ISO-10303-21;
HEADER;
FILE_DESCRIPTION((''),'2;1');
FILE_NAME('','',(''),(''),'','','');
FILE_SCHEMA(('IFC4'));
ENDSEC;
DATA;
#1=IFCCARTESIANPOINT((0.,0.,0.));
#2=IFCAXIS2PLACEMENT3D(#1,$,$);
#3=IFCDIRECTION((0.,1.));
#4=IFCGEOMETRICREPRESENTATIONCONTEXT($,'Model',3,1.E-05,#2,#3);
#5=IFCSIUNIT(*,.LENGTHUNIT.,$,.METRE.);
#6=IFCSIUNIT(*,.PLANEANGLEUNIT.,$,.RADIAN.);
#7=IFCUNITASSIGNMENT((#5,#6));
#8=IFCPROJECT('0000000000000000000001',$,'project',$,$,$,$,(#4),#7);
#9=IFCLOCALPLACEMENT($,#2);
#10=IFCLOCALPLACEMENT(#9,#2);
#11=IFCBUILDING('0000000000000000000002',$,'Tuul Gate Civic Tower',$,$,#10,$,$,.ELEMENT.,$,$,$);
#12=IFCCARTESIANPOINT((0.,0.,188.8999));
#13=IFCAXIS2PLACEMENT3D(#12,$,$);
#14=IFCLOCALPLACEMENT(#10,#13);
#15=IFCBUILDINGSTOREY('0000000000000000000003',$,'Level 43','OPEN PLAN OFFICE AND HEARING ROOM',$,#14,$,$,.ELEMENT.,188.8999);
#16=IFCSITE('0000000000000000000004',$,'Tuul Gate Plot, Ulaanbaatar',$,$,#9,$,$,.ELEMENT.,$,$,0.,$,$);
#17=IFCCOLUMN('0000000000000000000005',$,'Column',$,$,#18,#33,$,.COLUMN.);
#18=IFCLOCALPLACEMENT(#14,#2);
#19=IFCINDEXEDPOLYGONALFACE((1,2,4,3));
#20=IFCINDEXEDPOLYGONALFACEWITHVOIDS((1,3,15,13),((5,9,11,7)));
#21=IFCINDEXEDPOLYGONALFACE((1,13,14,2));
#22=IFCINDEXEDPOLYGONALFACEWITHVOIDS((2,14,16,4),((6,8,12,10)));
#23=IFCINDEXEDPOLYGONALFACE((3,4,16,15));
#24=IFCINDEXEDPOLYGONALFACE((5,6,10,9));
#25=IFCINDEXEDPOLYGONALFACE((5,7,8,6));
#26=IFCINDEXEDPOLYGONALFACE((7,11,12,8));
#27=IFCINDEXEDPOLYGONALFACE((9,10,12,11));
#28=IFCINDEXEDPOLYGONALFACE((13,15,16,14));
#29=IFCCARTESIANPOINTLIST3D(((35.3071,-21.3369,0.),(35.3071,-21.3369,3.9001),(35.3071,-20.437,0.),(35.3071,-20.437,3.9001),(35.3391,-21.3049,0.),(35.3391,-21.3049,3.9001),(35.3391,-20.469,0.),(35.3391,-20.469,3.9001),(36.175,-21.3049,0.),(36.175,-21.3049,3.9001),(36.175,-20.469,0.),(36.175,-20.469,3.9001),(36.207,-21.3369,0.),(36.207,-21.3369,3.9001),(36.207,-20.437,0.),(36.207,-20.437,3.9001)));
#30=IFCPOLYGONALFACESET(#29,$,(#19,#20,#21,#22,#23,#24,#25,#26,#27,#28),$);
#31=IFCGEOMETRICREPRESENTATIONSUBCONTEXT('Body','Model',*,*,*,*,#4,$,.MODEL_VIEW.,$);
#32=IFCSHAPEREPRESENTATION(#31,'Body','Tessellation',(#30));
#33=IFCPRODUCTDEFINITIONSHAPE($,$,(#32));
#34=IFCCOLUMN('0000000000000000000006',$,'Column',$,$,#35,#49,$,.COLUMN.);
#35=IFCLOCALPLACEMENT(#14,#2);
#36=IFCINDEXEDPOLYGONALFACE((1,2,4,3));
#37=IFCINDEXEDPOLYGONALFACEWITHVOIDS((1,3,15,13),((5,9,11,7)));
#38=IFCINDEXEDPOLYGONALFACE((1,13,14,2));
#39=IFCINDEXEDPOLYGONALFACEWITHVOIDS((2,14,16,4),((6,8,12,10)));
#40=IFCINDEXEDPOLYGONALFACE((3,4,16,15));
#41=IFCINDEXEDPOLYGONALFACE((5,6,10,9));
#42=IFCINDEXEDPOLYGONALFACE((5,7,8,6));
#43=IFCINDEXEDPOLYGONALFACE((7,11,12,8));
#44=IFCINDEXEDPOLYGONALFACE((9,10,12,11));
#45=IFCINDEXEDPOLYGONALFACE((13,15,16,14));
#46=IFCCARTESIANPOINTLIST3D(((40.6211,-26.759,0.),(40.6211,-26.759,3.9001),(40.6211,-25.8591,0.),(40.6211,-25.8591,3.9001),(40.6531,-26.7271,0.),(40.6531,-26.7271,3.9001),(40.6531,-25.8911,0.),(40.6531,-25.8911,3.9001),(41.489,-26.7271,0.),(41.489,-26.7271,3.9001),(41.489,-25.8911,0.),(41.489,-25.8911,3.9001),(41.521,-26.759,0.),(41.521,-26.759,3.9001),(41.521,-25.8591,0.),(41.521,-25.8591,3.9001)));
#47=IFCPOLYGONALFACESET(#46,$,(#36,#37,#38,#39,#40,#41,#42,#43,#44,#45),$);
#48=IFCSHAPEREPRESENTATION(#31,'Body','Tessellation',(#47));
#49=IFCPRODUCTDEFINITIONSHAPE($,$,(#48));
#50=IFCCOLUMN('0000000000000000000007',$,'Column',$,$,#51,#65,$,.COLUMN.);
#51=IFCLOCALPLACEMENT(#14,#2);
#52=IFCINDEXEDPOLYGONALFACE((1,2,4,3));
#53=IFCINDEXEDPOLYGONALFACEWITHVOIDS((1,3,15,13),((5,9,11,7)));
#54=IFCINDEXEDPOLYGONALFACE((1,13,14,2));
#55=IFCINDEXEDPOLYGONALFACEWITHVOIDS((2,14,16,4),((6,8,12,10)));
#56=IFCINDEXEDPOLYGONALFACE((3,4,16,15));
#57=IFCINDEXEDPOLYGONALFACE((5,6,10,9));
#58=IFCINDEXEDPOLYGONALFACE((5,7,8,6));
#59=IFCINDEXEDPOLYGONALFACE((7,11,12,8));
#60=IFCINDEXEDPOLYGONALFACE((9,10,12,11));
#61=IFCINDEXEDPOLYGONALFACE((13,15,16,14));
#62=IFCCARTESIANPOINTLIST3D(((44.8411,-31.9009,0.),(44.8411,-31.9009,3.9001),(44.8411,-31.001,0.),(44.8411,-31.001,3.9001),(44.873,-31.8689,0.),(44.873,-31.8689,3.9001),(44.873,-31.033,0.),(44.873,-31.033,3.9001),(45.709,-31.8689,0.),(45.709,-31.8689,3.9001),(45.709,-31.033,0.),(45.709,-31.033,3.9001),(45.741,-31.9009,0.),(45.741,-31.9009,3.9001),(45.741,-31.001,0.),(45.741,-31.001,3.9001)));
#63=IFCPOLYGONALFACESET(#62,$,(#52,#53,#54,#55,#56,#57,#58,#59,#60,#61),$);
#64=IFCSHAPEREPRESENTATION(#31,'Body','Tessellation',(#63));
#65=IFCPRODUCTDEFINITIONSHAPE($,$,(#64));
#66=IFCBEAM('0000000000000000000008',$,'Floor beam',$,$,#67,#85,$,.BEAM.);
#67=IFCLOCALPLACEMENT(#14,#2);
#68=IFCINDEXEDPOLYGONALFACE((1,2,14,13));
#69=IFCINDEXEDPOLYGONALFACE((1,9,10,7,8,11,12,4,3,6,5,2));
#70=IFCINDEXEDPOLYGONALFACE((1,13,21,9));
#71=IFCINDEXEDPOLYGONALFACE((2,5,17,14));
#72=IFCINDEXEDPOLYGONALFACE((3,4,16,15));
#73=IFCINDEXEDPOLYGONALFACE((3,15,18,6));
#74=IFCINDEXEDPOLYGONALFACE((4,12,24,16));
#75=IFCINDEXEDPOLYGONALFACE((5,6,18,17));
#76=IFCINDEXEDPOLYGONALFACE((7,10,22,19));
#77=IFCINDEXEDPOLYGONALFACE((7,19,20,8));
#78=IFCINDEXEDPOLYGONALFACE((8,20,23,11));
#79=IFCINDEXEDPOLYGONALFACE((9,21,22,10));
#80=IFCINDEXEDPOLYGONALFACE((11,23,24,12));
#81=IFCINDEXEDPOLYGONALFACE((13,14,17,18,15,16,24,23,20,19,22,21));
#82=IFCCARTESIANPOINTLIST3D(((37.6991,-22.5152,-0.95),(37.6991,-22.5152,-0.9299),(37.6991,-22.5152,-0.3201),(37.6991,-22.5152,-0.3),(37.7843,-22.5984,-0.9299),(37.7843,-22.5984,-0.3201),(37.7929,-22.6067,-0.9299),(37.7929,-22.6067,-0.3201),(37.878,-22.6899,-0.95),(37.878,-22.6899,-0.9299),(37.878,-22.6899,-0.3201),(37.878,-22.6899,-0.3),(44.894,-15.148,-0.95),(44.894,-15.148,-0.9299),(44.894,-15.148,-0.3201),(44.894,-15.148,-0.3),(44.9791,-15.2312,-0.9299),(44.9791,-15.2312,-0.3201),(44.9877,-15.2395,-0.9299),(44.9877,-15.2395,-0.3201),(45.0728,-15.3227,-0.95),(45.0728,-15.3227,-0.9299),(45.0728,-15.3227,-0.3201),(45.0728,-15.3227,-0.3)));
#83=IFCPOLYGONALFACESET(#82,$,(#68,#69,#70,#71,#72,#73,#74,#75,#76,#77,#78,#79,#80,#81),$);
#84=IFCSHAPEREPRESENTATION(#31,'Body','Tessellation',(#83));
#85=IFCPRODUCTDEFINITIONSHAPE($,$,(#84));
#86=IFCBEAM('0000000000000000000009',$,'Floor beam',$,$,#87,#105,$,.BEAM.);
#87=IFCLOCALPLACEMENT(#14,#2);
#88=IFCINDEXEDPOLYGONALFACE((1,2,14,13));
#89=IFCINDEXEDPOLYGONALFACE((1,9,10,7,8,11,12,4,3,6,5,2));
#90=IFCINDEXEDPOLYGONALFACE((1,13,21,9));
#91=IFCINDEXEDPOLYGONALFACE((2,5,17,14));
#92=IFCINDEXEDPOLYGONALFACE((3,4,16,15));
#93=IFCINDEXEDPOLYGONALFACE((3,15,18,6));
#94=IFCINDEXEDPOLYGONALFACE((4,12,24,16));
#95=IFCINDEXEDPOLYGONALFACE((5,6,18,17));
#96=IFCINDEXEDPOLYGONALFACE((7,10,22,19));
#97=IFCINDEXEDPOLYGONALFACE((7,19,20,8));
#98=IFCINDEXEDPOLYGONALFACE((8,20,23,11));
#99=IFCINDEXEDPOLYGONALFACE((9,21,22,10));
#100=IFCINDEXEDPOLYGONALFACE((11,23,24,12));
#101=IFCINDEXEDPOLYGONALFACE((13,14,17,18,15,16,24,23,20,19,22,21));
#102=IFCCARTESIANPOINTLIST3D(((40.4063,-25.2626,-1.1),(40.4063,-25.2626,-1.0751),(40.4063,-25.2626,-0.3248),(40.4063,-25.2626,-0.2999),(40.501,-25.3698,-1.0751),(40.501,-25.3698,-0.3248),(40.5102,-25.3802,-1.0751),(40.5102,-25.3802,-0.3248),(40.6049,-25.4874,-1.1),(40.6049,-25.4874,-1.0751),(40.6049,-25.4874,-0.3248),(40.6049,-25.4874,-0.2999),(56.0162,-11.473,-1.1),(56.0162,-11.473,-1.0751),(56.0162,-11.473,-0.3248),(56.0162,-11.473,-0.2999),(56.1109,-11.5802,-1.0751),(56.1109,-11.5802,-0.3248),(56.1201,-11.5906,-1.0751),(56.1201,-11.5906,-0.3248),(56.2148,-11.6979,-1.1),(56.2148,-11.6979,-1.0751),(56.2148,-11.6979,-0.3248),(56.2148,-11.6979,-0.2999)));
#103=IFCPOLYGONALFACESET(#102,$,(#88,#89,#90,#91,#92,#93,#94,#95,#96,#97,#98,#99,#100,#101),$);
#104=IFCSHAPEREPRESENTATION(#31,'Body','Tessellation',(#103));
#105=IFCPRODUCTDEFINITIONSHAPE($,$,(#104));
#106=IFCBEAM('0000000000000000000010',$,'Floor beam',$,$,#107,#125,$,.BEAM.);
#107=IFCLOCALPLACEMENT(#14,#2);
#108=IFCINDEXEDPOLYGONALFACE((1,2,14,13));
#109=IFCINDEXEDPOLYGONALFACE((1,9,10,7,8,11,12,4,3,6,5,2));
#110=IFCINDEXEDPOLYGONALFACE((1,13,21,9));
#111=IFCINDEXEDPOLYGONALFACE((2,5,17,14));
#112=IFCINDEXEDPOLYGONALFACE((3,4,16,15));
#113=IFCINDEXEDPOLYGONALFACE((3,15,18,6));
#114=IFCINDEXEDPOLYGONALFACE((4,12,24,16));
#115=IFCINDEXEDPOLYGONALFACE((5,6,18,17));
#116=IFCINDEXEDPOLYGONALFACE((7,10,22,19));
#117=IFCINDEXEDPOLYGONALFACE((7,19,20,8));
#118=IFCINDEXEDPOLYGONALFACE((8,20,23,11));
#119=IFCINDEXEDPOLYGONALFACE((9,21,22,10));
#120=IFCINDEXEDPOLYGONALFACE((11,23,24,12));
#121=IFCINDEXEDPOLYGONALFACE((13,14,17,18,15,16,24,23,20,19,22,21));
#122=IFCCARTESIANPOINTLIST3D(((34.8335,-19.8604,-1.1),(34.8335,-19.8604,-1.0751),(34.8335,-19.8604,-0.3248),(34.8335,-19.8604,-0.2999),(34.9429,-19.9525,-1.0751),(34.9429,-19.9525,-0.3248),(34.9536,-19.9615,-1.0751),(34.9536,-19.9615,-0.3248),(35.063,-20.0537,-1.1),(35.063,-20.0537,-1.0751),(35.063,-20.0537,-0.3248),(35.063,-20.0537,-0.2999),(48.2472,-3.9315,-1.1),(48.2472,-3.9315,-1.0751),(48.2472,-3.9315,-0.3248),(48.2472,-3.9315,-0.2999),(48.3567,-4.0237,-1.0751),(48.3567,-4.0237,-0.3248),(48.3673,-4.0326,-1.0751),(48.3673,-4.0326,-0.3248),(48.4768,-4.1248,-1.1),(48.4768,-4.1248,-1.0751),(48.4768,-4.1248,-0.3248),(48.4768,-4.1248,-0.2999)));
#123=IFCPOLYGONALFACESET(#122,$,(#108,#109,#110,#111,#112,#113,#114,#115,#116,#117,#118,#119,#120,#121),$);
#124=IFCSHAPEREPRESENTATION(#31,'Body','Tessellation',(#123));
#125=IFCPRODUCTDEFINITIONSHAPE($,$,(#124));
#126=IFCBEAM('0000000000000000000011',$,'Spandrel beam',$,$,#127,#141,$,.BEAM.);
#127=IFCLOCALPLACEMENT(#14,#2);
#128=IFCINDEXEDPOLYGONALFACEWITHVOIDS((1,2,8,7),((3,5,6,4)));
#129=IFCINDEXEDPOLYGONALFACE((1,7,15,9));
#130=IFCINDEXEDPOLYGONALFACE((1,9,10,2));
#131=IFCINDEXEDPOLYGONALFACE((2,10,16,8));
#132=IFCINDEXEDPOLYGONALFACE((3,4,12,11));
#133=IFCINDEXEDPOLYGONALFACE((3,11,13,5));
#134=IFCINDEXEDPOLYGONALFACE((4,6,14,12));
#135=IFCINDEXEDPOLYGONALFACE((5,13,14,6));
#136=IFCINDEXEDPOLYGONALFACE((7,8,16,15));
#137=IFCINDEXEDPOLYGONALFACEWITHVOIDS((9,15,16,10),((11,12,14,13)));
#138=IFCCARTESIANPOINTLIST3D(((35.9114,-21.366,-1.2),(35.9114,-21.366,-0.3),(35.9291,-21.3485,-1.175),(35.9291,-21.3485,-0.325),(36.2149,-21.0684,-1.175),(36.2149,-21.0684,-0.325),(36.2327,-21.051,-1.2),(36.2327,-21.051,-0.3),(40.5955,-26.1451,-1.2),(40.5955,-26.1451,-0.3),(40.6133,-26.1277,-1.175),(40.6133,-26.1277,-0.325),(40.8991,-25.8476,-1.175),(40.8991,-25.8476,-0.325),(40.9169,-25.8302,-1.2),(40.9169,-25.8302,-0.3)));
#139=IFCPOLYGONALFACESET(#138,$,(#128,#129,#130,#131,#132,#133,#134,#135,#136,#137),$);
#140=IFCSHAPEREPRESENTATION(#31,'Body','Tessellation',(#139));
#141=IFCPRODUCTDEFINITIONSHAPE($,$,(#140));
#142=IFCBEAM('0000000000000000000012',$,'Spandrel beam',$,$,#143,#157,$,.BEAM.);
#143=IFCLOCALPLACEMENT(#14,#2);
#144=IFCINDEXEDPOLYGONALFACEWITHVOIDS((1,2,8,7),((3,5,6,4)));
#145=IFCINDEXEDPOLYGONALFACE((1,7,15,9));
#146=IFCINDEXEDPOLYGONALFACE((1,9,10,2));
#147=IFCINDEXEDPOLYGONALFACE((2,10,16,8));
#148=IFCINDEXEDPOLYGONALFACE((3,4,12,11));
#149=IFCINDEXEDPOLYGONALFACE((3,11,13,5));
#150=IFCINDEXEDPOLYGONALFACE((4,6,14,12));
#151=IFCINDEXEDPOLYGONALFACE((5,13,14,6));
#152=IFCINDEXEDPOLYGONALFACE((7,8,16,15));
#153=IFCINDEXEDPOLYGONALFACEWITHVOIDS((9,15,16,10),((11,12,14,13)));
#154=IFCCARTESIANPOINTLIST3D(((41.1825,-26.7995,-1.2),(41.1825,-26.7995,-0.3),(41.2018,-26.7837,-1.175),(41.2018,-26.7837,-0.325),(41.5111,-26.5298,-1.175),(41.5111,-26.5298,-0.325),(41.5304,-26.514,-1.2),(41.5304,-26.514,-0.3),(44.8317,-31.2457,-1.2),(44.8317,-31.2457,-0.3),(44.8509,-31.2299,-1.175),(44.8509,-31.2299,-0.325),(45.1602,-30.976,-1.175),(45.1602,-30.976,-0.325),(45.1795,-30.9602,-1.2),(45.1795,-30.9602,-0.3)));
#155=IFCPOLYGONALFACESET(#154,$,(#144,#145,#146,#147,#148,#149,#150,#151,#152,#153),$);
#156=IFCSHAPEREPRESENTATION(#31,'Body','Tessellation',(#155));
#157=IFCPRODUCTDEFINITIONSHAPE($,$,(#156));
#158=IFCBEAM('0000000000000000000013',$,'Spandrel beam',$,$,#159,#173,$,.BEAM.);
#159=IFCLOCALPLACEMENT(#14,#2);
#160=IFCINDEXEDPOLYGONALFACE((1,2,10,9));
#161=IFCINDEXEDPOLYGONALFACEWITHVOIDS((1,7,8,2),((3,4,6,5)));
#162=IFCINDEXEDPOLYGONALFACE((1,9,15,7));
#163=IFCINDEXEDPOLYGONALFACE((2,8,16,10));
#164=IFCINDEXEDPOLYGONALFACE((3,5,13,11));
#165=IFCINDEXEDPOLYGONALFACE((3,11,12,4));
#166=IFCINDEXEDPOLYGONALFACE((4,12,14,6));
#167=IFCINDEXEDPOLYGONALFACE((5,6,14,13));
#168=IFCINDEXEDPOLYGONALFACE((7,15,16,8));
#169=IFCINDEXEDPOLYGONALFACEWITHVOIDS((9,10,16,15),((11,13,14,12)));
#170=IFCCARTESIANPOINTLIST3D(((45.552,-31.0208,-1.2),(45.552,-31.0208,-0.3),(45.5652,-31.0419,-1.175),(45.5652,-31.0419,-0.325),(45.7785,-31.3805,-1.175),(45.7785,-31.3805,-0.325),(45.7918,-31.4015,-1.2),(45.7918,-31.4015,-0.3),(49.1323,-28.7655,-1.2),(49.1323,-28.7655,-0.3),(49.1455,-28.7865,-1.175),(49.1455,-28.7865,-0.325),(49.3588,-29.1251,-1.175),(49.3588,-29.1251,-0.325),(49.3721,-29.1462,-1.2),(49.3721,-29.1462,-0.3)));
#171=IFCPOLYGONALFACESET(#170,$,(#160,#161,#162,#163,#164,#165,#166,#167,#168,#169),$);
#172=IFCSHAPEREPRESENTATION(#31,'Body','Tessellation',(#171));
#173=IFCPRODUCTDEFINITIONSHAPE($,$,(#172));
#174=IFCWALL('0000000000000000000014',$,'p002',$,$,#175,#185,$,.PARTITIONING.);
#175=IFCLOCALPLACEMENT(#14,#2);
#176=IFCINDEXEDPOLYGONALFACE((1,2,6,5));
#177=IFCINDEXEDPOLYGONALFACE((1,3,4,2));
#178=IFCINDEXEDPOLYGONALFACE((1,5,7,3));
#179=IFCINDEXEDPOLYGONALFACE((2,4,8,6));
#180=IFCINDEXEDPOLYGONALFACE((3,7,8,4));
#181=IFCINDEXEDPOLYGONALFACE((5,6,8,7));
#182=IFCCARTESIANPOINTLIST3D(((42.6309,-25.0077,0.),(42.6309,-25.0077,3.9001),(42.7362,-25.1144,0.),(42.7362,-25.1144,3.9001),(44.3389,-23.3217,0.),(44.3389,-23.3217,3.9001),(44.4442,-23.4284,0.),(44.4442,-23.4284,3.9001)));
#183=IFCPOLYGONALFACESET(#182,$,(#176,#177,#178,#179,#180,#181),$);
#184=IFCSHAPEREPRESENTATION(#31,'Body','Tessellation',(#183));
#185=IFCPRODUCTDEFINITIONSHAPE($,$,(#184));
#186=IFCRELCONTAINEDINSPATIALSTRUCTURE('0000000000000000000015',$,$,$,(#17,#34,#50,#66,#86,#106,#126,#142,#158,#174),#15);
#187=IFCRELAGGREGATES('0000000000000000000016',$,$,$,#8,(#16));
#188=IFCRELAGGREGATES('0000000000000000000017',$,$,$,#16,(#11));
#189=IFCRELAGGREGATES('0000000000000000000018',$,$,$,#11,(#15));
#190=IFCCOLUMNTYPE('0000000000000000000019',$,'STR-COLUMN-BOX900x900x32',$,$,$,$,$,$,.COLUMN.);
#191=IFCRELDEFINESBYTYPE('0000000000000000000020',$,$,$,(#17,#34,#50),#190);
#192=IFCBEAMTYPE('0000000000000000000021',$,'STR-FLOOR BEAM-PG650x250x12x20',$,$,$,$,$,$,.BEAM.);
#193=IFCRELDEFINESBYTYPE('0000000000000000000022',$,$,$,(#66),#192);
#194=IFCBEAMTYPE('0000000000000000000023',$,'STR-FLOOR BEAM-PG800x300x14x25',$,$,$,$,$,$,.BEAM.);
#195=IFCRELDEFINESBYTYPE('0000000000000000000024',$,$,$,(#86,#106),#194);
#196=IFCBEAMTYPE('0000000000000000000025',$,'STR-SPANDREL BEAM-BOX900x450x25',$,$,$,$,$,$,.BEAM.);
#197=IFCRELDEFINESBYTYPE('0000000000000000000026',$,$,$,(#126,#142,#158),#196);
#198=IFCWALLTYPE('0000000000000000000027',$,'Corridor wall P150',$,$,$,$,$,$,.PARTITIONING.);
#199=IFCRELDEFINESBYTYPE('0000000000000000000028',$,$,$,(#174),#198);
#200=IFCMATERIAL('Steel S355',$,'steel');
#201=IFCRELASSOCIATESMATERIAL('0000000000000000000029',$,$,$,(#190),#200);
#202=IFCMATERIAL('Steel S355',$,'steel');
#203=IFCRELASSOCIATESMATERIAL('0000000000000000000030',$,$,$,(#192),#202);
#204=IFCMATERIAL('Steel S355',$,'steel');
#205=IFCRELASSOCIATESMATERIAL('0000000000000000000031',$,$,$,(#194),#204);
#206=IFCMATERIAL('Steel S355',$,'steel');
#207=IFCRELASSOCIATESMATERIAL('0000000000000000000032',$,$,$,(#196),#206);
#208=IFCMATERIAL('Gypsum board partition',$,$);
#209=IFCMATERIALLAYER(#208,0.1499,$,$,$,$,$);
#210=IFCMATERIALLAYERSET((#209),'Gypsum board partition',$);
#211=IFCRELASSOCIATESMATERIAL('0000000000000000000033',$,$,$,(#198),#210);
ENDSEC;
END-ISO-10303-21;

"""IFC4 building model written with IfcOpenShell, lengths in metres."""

from ifc_helpers import new_model, si_unit, direction, frame, frame_2d, origin, origin_2d, place, context, subcontext, project, spatial, rectangle, hollow_rectangle, i_section, extrude, material, layer, layer_set, material_profile, profile_set, type_object, element, save


model = new_model("IFC4")

# Units and contexts
model_context = context("Model", 3, precision=1e-05, world=origin(), true_north=direction((0.0, 1.0)))
body_context = subcontext(model_context, "Body", "Model", "MODEL_VIEW")
ifc_project = project(units=[si_unit("LENGTHUNIT", "METRE"), si_unit("PLANEANGLEUNIT", "RADIAN")], contexts=[model_context])

# Site, building, storey
site_placement = place(None, origin())
site = spatial("IfcSite", under=ifc_project, at=site_placement, Name="Tuul Gate Plot, Ulaanbaatar", CompositionType="ELEMENT", RefElevation=0.0)
building_placement = place(site_placement, origin())
building = spatial("IfcBuilding", under=site, at=building_placement, Name="Tuul Gate Civic Tower", CompositionType="ELEMENT")
storey_placement = place(building_placement, frame((0.0, 0.0, 188.8999)))
storey = spatial("IfcBuildingStorey", under=building, at=storey_placement, Name="Level 43", Description="OPEN PLAN OFFICE AND HEARING ROOM", CompositionType="ELEMENT", Elevation=188.8999)

# Columns
ifc_material_1 = material(Name="Steel S355", Category="steel")
ifc_material_profile_1 = material_profile(ifc_material_1, hollow_rectangle(XDim=0.8999, YDim=0.8999, WallThickness=0.032, at=origin_2d()), Name="BOX900x900x32")
ifc_profile_set_1 = profile_set([ifc_material_profile_1], Name="Steel S355")
column_type = type_object("IfcColumnType", Name="STR-COLUMN-BOX900x900x32", PredefinedType="COLUMN", material=ifc_profile_set_1)
for number, where, z_axis, x_axis, name in (
    (1, (35.7571, -20.887, 0.0), (0.0, 0.0, 1.0), (1.0, 0.0, 0.0), "Column"),
    (2, (41.071, -26.3091, 0.0), (0.0, 0.0, 1.0), (1.0, 0.0, 0.0), "Column"),
    (3, (45.291, -31.4509, 0.0), (0.0, 0.0, 1.0), (1.0, 0.0, 0.0), "Column"),
):
    element("IfcColumn", number, at=place(storey_placement, frame(where, z_axis=z_axis, x_axis=x_axis)), inside=storey, type_object=column_type, Name=name, PredefinedType="COLUMN", context=body_context, shape_type="SweptSolid", body=[
        extrude(hollow_rectangle(XDim=0.8999, YDim=0.8999, WallThickness=0.032, at=origin_2d()), origin(), (0.0, 0.0, 1.0), 3.9001),
    ])

# Beams
ifc_material_2 = material(Name="Steel S355", Category="steel")
ifc_material_profile_2 = material_profile(ifc_material_2, i_section(OverallWidth=0.25, OverallDepth=0.6499, WebThickness=0.012, FlangeThickness=0.02, at=origin_2d()), Name="PG650x250x12x20")
ifc_profile_set_2 = profile_set([ifc_material_profile_2], Name="Steel S355")
beam_type_1 = type_object("IfcBeamType", Name="STR-FLOOR BEAM-PG650x250x12x20", PredefinedType="BEAM", material=ifc_profile_set_2)
beam_1_placement = place(storey_placement, frame((37.7886, -22.6025, -0.625), z_axis=(0.698688, 0.715426, 0.0), x_axis=(-0.715426, 0.698688, 0.0)))
element("IfcBeam", 4, at=beam_1_placement, inside=storey, type_object=beam_type_1, Name="Floor beam", PredefinedType="BEAM", context=body_context, shape_type="SweptSolid", body=[
    extrude(i_section(OverallWidth=0.25, OverallDepth=0.6499, WebThickness=0.012, FlangeThickness=0.02, at=origin_2d()), origin(), (0.0, 0.0, 1.0), 10.2976),
])
ifc_material_3 = material(Name="Steel S355", Category="steel")
ifc_material_profile_3 = material_profile(ifc_material_3, i_section(OverallWidth=0.3, OverallDepth=0.8, WebThickness=0.0139, FlangeThickness=0.0249, at=origin_2d()), Name="PG800x300x14x25")
ifc_profile_set_3 = profile_set([ifc_material_profile_3], Name="Steel S355")
beam_type_2 = type_object("IfcBeamType", Name="STR-FLOOR BEAM-PG800x300x14x25", PredefinedType="BEAM", material=ifc_profile_set_3)
beam_2_placement = place(storey_placement, frame((40.5056, -25.375, -0.7), z_axis=(0.749453, 0.662057, 0.0), x_axis=(-0.662057, 0.749453, 0.0)))
element("IfcBeam", 5, at=beam_2_placement, inside=storey, type_object=beam_type_2, Name="Floor beam", PredefinedType="BEAM", context=body_context, shape_type="SweptSolid", body=[
    extrude(i_section(OverallWidth=0.3, OverallDepth=0.8, WebThickness=0.0139, FlangeThickness=0.0249, at=origin_2d()), origin(), (0.0, 0.0, 1.0), 20.8284),
])
beam_3_placement = place(storey_placement, frame((34.9482, -19.957, -0.7), z_axis=(0.644135, 0.764912, 0.0), x_axis=(-0.764912, 0.644135, 0.0)))
element("IfcBeam", 6, at=beam_3_placement, inside=storey, type_object=beam_type_2, Name="Floor beam", PredefinedType="BEAM", context=body_context, shape_type="SweptSolid", body=[
    extrude(i_section(OverallWidth=0.3, OverallDepth=0.8, WebThickness=0.0139, FlangeThickness=0.0249, at=origin_2d()), origin(), (0.0, 0.0, 1.0), 20.8245),
])
ifc_material_4 = material(Name="Steel S355", Category="steel")
ifc_material_profile_4 = material_profile(ifc_material_4, hollow_rectangle(XDim=0.45, YDim=0.8999, WallThickness=0.0249, at=origin_2d()), Name="BOX900x450x25")
ifc_profile_set_4 = profile_set([ifc_material_profile_4], Name="Steel S355")
beam_type_3 = type_object("IfcBeamType", Name="STR-SPANDREL BEAM-BOX900x450x25", PredefinedType="BEAM", material=ifc_profile_set_4)
beam_4_placement = place(storey_placement, frame((36.072, -21.2085, -0.75), z_axis=(0.699975, -0.714167, 0.0), x_axis=(0.714167, 0.699975, 0.0)))
element("IfcBeam", 7, at=beam_4_placement, inside=storey, type_object=beam_type_3, Name="Spandrel beam", PredefinedType="BEAM", context=body_context, shape_type="SweptSolid", body=[
    extrude(hollow_rectangle(XDim=0.45, YDim=0.8999, WallThickness=0.0249, at=origin_2d()), origin(), (0.0, 0.0, 1.0), 6.6919),
])
beam_5_placement = place(storey_placement, frame((41.3564, -26.6567, -0.75), z_axis=(0.634414, -0.772994, 0.0), x_axis=(0.772994, 0.634414, 0.0)))
element("IfcBeam", 8, at=beam_5_placement, inside=storey, type_object=beam_type_3, Name="Spandrel beam", PredefinedType="BEAM", context=body_context, shape_type="SweptSolid", body=[
    extrude(hollow_rectangle(XDim=0.45, YDim=0.8999, WallThickness=0.0249, at=origin_2d()), origin(), (0.0, 0.0, 1.0), 5.752),
])
beam_6_placement = place(storey_placement, frame((45.6719, -31.2112, -0.75), z_axis=(0.846116, 0.532998, 0.0), x_axis=(-0.532998, 0.846116, 0.0)))
element("IfcBeam", 9, at=beam_6_placement, inside=storey, type_object=beam_type_3, Name="Spandrel beam", PredefinedType="BEAM", context=body_context, shape_type="SweptSolid", body=[
    extrude(hollow_rectangle(XDim=0.45, YDim=0.8999, WallThickness=0.0249, at=origin_2d()), origin(), (0.0, 0.0, 1.0), 4.2314),
])

# Wall
ifc_material_5 = material(Name="Gypsum board partition")
ifc_layer_1 = layer(ifc_material_5, 0.1499)
ifc_layer_set_1 = layer_set([ifc_layer_1], Name="Gypsum board partition")
wall_type_1 = type_object("IfcWallType", Name="Corridor wall P150", PredefinedType="PARTITIONING", material=ifc_layer_set_1)
wall_1_placement = place(storey_placement, frame((42.6836, -25.061, 0.0), z_axis=(0.0, 0.0, 1.0), x_axis=(0.71167, 0.702514, 0.0)))
element("IfcWall", 10, at=wall_1_placement, inside=storey, type_object=wall_type_1, Name="p002", PredefinedType="PARTITIONING", context=body_context, shape_type="SweptSolid", body=[
    extrude(rectangle(XDim=2.3999, YDim=0.1499, at=frame_2d((1.2, 0.0))), origin(), (0.0, 0.0, 1.0), 3.9001),
])

save(model, "model.ifc")
